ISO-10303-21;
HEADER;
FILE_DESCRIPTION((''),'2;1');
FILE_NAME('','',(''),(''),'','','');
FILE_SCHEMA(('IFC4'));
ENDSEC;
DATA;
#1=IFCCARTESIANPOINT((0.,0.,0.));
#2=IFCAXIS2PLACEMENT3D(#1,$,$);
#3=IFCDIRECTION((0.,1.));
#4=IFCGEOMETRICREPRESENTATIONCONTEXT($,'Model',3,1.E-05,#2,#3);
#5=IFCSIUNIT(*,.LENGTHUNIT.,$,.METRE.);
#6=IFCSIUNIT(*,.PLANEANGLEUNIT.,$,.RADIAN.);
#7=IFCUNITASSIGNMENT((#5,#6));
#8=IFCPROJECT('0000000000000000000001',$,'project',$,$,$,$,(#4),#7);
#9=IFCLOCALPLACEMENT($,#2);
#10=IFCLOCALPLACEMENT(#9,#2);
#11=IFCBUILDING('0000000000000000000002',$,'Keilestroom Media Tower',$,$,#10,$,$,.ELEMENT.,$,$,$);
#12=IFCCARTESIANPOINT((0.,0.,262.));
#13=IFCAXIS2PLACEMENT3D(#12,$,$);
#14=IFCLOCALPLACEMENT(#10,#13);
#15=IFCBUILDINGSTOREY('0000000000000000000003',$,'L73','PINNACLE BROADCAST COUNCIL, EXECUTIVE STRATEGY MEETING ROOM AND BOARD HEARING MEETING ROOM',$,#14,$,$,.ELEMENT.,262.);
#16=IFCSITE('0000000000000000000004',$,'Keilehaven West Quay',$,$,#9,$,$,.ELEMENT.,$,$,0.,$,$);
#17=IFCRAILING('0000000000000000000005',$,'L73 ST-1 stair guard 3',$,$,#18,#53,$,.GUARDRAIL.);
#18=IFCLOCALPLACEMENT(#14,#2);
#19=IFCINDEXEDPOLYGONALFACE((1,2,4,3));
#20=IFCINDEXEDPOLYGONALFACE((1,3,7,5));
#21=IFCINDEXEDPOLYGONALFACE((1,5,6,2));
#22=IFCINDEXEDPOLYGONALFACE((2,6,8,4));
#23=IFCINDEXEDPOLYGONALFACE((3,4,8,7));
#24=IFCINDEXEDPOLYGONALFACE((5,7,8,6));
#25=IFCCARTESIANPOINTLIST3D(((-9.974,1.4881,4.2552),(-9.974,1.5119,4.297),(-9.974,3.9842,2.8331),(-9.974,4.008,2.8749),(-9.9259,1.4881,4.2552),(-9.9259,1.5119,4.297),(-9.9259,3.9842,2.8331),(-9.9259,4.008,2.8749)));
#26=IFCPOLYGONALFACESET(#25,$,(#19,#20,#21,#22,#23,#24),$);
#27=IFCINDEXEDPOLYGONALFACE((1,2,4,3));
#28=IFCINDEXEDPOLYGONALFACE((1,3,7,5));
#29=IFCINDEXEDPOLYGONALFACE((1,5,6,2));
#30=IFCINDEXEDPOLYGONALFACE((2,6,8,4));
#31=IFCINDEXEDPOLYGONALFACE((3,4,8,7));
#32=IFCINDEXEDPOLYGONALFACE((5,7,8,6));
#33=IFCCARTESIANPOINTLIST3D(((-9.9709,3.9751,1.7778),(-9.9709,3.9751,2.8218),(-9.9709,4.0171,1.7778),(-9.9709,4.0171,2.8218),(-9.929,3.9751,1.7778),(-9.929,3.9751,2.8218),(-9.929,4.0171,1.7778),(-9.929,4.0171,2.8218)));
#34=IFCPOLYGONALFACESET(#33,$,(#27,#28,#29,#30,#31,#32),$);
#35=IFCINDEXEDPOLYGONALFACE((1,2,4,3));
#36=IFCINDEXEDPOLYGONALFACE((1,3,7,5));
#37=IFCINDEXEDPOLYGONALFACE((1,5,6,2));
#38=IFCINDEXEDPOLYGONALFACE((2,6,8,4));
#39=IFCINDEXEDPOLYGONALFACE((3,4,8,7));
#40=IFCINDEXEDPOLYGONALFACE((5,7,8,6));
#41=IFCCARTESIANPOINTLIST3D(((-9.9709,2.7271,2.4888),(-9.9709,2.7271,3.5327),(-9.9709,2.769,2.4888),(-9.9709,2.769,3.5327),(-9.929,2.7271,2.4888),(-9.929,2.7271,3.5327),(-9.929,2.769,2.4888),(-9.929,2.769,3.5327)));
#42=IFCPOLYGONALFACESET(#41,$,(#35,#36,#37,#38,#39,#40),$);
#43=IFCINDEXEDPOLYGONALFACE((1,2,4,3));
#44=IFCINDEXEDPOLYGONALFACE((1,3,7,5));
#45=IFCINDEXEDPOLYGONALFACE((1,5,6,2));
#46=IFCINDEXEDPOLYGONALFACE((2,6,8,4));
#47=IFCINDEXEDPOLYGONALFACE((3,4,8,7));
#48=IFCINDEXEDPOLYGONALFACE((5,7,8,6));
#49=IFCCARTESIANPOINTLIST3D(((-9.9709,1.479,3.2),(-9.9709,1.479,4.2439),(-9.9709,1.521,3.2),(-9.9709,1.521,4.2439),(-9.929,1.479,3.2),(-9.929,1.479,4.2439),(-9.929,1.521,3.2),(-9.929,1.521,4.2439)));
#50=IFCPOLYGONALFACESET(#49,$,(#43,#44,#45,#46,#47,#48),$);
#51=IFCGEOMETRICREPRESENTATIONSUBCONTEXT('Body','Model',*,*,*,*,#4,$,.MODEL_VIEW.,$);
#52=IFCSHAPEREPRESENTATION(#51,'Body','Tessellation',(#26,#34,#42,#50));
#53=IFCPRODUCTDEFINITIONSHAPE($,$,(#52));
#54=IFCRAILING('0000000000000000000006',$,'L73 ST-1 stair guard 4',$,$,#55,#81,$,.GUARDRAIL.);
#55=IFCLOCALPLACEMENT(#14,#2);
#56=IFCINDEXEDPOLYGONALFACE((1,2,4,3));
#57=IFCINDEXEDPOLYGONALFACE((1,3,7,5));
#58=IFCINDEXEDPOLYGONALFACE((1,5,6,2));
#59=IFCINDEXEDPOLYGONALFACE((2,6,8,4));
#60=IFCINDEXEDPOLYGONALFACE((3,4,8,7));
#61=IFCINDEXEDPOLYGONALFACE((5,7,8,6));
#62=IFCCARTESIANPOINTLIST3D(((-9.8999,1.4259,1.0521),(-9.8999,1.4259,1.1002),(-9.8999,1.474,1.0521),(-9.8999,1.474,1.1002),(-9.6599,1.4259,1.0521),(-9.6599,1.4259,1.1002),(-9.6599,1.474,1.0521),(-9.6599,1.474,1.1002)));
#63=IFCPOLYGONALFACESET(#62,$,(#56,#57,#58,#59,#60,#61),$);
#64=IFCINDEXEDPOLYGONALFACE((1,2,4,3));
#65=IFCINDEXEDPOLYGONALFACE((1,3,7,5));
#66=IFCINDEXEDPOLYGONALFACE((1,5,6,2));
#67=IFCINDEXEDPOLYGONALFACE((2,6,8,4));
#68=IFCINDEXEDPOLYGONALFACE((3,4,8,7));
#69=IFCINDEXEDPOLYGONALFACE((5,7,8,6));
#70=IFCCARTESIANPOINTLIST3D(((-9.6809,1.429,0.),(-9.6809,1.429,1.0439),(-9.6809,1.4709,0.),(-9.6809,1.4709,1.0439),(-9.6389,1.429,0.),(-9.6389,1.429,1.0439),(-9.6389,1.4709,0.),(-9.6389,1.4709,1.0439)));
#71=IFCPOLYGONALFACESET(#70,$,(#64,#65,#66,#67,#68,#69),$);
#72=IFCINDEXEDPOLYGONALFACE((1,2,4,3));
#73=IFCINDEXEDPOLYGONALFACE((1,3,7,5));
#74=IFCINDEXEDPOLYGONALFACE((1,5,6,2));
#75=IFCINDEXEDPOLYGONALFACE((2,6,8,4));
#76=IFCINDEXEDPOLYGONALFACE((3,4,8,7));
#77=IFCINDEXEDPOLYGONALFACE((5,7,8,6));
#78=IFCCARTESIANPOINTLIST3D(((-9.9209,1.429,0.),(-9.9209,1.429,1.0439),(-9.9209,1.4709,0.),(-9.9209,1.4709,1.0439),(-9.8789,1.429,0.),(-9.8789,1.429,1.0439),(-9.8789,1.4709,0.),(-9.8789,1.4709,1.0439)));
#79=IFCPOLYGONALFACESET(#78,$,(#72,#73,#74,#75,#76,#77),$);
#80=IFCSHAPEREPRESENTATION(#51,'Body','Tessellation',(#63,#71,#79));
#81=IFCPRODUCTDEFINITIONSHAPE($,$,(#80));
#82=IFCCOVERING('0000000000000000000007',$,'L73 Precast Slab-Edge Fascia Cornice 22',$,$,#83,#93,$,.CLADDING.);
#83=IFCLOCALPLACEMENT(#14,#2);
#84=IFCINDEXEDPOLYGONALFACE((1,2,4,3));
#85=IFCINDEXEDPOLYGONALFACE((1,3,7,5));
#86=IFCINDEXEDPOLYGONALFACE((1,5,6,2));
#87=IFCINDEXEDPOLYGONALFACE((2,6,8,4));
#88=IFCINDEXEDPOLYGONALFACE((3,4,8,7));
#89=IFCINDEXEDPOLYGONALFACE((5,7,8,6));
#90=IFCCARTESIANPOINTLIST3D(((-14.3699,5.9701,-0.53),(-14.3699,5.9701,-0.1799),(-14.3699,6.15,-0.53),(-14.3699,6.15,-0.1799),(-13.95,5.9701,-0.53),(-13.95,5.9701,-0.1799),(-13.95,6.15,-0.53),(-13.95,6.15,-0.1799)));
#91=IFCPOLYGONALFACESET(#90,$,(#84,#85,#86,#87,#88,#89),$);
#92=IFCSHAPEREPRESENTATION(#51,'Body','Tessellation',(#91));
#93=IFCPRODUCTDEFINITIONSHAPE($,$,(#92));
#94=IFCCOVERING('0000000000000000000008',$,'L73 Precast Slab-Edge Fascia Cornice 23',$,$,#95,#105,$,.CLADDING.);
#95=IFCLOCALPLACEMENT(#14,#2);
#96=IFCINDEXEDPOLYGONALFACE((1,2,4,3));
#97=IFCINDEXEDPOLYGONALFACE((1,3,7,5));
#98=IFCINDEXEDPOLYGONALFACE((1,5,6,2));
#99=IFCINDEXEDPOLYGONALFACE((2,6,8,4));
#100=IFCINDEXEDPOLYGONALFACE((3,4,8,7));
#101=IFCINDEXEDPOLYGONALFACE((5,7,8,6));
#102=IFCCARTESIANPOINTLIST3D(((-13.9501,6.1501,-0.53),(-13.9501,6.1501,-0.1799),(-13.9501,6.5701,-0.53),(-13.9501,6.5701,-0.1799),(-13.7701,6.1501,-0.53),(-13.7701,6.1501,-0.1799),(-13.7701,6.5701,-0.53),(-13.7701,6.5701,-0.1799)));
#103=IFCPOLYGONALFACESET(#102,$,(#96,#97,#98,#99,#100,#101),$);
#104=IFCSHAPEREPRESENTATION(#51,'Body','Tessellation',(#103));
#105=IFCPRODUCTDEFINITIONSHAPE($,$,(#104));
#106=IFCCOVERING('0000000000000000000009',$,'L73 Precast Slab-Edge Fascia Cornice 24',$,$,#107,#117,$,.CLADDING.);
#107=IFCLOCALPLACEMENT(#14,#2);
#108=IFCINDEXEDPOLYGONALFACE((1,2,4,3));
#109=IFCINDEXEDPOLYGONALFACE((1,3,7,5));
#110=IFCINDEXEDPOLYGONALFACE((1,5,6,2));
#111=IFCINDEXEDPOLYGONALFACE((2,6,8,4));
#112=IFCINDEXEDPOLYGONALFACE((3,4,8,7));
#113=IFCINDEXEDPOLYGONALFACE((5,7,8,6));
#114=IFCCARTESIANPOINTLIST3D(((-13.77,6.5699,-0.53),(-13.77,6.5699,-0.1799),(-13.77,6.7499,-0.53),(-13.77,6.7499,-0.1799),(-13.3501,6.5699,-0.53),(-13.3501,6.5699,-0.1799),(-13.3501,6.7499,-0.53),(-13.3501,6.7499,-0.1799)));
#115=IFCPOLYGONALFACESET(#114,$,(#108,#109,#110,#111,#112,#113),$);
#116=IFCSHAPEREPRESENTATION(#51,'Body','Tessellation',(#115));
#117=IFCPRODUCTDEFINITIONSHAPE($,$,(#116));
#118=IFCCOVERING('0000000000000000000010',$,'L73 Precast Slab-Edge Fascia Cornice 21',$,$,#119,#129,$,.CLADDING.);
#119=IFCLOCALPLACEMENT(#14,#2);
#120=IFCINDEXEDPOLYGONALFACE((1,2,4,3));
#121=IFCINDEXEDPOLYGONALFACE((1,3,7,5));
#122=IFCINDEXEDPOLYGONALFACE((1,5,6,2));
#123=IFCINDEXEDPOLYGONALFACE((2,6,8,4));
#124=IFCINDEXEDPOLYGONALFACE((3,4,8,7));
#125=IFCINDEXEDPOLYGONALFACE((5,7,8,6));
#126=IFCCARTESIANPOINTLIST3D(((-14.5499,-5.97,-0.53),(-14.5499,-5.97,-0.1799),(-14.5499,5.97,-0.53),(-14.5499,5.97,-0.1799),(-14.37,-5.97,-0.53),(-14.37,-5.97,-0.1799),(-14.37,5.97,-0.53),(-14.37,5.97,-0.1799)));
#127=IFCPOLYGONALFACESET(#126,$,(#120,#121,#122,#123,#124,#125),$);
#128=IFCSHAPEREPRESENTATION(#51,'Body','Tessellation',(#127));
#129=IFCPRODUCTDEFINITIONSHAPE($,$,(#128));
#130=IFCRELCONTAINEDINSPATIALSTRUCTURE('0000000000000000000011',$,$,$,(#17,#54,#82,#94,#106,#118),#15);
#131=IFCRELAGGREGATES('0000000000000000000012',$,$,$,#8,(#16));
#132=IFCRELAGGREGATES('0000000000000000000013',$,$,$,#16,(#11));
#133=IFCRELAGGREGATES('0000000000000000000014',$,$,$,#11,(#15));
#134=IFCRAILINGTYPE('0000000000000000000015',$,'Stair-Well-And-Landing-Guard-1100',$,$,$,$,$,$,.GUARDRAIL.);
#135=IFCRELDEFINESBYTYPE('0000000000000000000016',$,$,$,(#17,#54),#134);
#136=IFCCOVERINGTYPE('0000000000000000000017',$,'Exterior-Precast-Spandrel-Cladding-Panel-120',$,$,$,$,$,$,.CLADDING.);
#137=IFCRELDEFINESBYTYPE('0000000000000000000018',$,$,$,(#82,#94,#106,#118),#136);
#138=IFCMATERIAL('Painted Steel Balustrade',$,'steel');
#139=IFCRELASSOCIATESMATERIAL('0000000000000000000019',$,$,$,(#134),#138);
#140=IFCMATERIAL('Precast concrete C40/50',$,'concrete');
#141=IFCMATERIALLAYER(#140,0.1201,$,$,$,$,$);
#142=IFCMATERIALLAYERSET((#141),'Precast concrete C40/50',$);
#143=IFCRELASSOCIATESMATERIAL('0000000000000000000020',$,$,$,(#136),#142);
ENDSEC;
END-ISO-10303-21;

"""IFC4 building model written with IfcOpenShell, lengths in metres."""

from ifc_helpers import new_model, si_unit, direction, frame, origin, origin_2d, place, context, subcontext, project, spatial, rectangle, extrude, source, transform, mapped, material, layer, layer_set, type_object, element, save


model = new_model("IFC4")

# Units and contexts
model_context = context("Model", 3, precision=1e-05, world=origin(), true_north=direction((0.0, 1.0)))
body_context = subcontext(model_context, "Body", "Model", "MODEL_VIEW")
ifc_project = project(units=[si_unit("LENGTHUNIT", "METRE"), si_unit("PLANEANGLEUNIT", "RADIAN")], contexts=[model_context])

# Site, building, storey
site_placement = place(None, origin())
site = spatial("IfcSite", under=ifc_project, at=site_placement, Name="Keilehaven West Quay", CompositionType="ELEMENT", RefElevation=0.0)
building_placement = place(site_placement, origin())
building = spatial("IfcBuilding", under=site, at=building_placement, Name="Keilestroom Media Tower", CompositionType="ELEMENT")
storey_placement = place(building_placement, frame((0.0, 0.0, 262.0)))
storey = spatial("IfcBuildingStorey", under=building, at=storey_placement, Name="L73", Description="PINNACLE BROADCAST COUNCIL, EXECUTIVE STRATEGY MEETING ROOM AND BOARD HEARING MEETING ROOM", CompositionType="ELEMENT", Elevation=262.0)

# Shared definitions
ifc_material_1 = material(Name="Precast concrete C40/50", Category="concrete")

# Railings
ifc_material_2 = material(Name="Painted Steel Balustrade", Category="steel")
railing_type_1 = type_object("IfcRailingType", Name="Stair-Well-And-Landing-Guard-1100", PredefinedType="GUARDRAIL", material=ifc_material_2)
railing_1_placement = place(storey_placement, frame((-9.95, 3.9961, 1.7778)))
element("IfcRailing", 1, at=railing_1_placement, inside=storey, type_object=railing_type_1, Name="L73 ST-1 stair guard 3", PredefinedType="GUARDRAIL", context=body_context, shape_type="SweptSolid", body=[
    extrude(rectangle(XDim=0.0481, YDim=0.0481, at=origin_2d()), frame((0.0, 0.0, 1.0762), z_axis=(0.0, -0.868875, 0.495031), x_axis=(1.0, 0.0, 0.0)), (0.0, 0.0, 1.0), 2.8728),
    extrude(rectangle(XDim=0.042, YDim=0.042, at=origin_2d()), origin(), (0.0, 0.0, 1.0), 1.0439),
    extrude(rectangle(XDim=0.042, YDim=0.042, at=origin_2d()), frame((0.0, -1.248, 0.7109)), (0.0, 0.0, 1.0), 1.0439),
    extrude(rectangle(XDim=0.042, YDim=0.042, at=origin_2d()), frame((0.0, -2.4961, 1.4221)), (0.0, 0.0, 1.0), 1.0439),
])
railing_2_placement = place(storey_placement, frame((-9.6599, 1.45, 0.0)))
element("IfcRailing", 2, at=railing_2_placement, inside=storey, type_object=railing_type_1, Name="L73 ST-1 stair guard 4", PredefinedType="GUARDRAIL", context=body_context, shape_type="SweptSolid", body=[
    extrude(rectangle(XDim=0.0481, YDim=0.0481, at=origin_2d()), frame((0.0, 0.0, 1.0762), z_axis=(-1.0, 0.0, 0.0), x_axis=(0.0, -1.0, 0.0)), (0.0, 0.0, 1.0), 0.24),
    extrude(rectangle(XDim=0.042, YDim=0.042, at=origin_2d()), origin(), (0.0, 0.0, 1.0), 1.0439),
    extrude(rectangle(XDim=0.042, YDim=0.042, at=origin_2d()), frame((-0.24, 0.0, 0.0)), (0.0, 0.0, 1.0), 1.0439),
])

# Coverings
ifc_layer_1 = layer(ifc_material_1, 0.1201)
ifc_layer_set_1 = layer_set([ifc_layer_1], Name="Precast concrete C40/50")
covering_type = type_object("IfcCoveringType", Name="Exterior-Precast-Spandrel-Cladding-Panel-120", PredefinedType="CLADDING", material=ifc_layer_set_1)
shared_shape_1 = source(origin(), body_context, "Body", "SweptSolid", [
    extrude(rectangle(XDim=0.4199, YDim=0.1799, at=origin_2d()), origin(), (0.0, 0.0, 1.0), 0.3501),
])
for number, where, z_axis, x_axis, name in (
    (3, (-14.1599, 6.0601, -0.53), (0.0, 0.0, 1.0), (1.0, 0.0, 0.0), "L73 Precast Slab-Edge Fascia Cornice 22"),
    (4, (-13.8601, 6.3601, -0.53), (0.0, 0.0, 1.0), (0.0, 1.0, 0.0), "L73 Precast Slab-Edge Fascia Cornice 23"),
    (5, (-13.5601, 6.6599, -0.53), (0.0, 0.0, 1.0), (1.0, 0.0, 0.0), "L73 Precast Slab-Edge Fascia Cornice 24"),
):
    element("IfcCovering", number, at=place(storey_placement, frame(where, z_axis=z_axis, x_axis=x_axis)), inside=storey, type_object=covering_type, Name=name, PredefinedType="CLADDING", context=body_context, shape_type="MappedRepresentation", body=[
        mapped(shared_shape_1, transform((0.0, 0.0, 0.0), x_axis=(1.0, 0.0, 0.0), y_axis=(0.0, 1.0, 0.0), z_axis=(0.0, 0.0, 1.0), scale=1.0)),
    ])
shared_shape_2 = source(origin(), body_context, "Body", "SweptSolid", [
    extrude(rectangle(XDim=11.9399, YDim=0.1799, at=origin_2d()), origin(), (0.0, 0.0, 1.0), 0.3501),
])
covering_placement = place(storey_placement, frame((-14.46, 0.0, -0.53), z_axis=(0.0, 0.0, 1.0), x_axis=(0.0, 1.0, 0.0)))
element("IfcCovering", 6, at=covering_placement, inside=storey, type_object=covering_type, Name="L73 Precast Slab-Edge Fascia Cornice 21", PredefinedType="CLADDING", context=body_context, shape_type="MappedRepresentation", body=[
    mapped(shared_shape_2, transform((0.0, 0.0, 0.0), x_axis=(1.0, 0.0, 0.0), y_axis=(0.0, 1.0, 0.0), z_axis=(0.0, 0.0, 1.0), scale=1.0)),
])

save(model, "model.ifc")
